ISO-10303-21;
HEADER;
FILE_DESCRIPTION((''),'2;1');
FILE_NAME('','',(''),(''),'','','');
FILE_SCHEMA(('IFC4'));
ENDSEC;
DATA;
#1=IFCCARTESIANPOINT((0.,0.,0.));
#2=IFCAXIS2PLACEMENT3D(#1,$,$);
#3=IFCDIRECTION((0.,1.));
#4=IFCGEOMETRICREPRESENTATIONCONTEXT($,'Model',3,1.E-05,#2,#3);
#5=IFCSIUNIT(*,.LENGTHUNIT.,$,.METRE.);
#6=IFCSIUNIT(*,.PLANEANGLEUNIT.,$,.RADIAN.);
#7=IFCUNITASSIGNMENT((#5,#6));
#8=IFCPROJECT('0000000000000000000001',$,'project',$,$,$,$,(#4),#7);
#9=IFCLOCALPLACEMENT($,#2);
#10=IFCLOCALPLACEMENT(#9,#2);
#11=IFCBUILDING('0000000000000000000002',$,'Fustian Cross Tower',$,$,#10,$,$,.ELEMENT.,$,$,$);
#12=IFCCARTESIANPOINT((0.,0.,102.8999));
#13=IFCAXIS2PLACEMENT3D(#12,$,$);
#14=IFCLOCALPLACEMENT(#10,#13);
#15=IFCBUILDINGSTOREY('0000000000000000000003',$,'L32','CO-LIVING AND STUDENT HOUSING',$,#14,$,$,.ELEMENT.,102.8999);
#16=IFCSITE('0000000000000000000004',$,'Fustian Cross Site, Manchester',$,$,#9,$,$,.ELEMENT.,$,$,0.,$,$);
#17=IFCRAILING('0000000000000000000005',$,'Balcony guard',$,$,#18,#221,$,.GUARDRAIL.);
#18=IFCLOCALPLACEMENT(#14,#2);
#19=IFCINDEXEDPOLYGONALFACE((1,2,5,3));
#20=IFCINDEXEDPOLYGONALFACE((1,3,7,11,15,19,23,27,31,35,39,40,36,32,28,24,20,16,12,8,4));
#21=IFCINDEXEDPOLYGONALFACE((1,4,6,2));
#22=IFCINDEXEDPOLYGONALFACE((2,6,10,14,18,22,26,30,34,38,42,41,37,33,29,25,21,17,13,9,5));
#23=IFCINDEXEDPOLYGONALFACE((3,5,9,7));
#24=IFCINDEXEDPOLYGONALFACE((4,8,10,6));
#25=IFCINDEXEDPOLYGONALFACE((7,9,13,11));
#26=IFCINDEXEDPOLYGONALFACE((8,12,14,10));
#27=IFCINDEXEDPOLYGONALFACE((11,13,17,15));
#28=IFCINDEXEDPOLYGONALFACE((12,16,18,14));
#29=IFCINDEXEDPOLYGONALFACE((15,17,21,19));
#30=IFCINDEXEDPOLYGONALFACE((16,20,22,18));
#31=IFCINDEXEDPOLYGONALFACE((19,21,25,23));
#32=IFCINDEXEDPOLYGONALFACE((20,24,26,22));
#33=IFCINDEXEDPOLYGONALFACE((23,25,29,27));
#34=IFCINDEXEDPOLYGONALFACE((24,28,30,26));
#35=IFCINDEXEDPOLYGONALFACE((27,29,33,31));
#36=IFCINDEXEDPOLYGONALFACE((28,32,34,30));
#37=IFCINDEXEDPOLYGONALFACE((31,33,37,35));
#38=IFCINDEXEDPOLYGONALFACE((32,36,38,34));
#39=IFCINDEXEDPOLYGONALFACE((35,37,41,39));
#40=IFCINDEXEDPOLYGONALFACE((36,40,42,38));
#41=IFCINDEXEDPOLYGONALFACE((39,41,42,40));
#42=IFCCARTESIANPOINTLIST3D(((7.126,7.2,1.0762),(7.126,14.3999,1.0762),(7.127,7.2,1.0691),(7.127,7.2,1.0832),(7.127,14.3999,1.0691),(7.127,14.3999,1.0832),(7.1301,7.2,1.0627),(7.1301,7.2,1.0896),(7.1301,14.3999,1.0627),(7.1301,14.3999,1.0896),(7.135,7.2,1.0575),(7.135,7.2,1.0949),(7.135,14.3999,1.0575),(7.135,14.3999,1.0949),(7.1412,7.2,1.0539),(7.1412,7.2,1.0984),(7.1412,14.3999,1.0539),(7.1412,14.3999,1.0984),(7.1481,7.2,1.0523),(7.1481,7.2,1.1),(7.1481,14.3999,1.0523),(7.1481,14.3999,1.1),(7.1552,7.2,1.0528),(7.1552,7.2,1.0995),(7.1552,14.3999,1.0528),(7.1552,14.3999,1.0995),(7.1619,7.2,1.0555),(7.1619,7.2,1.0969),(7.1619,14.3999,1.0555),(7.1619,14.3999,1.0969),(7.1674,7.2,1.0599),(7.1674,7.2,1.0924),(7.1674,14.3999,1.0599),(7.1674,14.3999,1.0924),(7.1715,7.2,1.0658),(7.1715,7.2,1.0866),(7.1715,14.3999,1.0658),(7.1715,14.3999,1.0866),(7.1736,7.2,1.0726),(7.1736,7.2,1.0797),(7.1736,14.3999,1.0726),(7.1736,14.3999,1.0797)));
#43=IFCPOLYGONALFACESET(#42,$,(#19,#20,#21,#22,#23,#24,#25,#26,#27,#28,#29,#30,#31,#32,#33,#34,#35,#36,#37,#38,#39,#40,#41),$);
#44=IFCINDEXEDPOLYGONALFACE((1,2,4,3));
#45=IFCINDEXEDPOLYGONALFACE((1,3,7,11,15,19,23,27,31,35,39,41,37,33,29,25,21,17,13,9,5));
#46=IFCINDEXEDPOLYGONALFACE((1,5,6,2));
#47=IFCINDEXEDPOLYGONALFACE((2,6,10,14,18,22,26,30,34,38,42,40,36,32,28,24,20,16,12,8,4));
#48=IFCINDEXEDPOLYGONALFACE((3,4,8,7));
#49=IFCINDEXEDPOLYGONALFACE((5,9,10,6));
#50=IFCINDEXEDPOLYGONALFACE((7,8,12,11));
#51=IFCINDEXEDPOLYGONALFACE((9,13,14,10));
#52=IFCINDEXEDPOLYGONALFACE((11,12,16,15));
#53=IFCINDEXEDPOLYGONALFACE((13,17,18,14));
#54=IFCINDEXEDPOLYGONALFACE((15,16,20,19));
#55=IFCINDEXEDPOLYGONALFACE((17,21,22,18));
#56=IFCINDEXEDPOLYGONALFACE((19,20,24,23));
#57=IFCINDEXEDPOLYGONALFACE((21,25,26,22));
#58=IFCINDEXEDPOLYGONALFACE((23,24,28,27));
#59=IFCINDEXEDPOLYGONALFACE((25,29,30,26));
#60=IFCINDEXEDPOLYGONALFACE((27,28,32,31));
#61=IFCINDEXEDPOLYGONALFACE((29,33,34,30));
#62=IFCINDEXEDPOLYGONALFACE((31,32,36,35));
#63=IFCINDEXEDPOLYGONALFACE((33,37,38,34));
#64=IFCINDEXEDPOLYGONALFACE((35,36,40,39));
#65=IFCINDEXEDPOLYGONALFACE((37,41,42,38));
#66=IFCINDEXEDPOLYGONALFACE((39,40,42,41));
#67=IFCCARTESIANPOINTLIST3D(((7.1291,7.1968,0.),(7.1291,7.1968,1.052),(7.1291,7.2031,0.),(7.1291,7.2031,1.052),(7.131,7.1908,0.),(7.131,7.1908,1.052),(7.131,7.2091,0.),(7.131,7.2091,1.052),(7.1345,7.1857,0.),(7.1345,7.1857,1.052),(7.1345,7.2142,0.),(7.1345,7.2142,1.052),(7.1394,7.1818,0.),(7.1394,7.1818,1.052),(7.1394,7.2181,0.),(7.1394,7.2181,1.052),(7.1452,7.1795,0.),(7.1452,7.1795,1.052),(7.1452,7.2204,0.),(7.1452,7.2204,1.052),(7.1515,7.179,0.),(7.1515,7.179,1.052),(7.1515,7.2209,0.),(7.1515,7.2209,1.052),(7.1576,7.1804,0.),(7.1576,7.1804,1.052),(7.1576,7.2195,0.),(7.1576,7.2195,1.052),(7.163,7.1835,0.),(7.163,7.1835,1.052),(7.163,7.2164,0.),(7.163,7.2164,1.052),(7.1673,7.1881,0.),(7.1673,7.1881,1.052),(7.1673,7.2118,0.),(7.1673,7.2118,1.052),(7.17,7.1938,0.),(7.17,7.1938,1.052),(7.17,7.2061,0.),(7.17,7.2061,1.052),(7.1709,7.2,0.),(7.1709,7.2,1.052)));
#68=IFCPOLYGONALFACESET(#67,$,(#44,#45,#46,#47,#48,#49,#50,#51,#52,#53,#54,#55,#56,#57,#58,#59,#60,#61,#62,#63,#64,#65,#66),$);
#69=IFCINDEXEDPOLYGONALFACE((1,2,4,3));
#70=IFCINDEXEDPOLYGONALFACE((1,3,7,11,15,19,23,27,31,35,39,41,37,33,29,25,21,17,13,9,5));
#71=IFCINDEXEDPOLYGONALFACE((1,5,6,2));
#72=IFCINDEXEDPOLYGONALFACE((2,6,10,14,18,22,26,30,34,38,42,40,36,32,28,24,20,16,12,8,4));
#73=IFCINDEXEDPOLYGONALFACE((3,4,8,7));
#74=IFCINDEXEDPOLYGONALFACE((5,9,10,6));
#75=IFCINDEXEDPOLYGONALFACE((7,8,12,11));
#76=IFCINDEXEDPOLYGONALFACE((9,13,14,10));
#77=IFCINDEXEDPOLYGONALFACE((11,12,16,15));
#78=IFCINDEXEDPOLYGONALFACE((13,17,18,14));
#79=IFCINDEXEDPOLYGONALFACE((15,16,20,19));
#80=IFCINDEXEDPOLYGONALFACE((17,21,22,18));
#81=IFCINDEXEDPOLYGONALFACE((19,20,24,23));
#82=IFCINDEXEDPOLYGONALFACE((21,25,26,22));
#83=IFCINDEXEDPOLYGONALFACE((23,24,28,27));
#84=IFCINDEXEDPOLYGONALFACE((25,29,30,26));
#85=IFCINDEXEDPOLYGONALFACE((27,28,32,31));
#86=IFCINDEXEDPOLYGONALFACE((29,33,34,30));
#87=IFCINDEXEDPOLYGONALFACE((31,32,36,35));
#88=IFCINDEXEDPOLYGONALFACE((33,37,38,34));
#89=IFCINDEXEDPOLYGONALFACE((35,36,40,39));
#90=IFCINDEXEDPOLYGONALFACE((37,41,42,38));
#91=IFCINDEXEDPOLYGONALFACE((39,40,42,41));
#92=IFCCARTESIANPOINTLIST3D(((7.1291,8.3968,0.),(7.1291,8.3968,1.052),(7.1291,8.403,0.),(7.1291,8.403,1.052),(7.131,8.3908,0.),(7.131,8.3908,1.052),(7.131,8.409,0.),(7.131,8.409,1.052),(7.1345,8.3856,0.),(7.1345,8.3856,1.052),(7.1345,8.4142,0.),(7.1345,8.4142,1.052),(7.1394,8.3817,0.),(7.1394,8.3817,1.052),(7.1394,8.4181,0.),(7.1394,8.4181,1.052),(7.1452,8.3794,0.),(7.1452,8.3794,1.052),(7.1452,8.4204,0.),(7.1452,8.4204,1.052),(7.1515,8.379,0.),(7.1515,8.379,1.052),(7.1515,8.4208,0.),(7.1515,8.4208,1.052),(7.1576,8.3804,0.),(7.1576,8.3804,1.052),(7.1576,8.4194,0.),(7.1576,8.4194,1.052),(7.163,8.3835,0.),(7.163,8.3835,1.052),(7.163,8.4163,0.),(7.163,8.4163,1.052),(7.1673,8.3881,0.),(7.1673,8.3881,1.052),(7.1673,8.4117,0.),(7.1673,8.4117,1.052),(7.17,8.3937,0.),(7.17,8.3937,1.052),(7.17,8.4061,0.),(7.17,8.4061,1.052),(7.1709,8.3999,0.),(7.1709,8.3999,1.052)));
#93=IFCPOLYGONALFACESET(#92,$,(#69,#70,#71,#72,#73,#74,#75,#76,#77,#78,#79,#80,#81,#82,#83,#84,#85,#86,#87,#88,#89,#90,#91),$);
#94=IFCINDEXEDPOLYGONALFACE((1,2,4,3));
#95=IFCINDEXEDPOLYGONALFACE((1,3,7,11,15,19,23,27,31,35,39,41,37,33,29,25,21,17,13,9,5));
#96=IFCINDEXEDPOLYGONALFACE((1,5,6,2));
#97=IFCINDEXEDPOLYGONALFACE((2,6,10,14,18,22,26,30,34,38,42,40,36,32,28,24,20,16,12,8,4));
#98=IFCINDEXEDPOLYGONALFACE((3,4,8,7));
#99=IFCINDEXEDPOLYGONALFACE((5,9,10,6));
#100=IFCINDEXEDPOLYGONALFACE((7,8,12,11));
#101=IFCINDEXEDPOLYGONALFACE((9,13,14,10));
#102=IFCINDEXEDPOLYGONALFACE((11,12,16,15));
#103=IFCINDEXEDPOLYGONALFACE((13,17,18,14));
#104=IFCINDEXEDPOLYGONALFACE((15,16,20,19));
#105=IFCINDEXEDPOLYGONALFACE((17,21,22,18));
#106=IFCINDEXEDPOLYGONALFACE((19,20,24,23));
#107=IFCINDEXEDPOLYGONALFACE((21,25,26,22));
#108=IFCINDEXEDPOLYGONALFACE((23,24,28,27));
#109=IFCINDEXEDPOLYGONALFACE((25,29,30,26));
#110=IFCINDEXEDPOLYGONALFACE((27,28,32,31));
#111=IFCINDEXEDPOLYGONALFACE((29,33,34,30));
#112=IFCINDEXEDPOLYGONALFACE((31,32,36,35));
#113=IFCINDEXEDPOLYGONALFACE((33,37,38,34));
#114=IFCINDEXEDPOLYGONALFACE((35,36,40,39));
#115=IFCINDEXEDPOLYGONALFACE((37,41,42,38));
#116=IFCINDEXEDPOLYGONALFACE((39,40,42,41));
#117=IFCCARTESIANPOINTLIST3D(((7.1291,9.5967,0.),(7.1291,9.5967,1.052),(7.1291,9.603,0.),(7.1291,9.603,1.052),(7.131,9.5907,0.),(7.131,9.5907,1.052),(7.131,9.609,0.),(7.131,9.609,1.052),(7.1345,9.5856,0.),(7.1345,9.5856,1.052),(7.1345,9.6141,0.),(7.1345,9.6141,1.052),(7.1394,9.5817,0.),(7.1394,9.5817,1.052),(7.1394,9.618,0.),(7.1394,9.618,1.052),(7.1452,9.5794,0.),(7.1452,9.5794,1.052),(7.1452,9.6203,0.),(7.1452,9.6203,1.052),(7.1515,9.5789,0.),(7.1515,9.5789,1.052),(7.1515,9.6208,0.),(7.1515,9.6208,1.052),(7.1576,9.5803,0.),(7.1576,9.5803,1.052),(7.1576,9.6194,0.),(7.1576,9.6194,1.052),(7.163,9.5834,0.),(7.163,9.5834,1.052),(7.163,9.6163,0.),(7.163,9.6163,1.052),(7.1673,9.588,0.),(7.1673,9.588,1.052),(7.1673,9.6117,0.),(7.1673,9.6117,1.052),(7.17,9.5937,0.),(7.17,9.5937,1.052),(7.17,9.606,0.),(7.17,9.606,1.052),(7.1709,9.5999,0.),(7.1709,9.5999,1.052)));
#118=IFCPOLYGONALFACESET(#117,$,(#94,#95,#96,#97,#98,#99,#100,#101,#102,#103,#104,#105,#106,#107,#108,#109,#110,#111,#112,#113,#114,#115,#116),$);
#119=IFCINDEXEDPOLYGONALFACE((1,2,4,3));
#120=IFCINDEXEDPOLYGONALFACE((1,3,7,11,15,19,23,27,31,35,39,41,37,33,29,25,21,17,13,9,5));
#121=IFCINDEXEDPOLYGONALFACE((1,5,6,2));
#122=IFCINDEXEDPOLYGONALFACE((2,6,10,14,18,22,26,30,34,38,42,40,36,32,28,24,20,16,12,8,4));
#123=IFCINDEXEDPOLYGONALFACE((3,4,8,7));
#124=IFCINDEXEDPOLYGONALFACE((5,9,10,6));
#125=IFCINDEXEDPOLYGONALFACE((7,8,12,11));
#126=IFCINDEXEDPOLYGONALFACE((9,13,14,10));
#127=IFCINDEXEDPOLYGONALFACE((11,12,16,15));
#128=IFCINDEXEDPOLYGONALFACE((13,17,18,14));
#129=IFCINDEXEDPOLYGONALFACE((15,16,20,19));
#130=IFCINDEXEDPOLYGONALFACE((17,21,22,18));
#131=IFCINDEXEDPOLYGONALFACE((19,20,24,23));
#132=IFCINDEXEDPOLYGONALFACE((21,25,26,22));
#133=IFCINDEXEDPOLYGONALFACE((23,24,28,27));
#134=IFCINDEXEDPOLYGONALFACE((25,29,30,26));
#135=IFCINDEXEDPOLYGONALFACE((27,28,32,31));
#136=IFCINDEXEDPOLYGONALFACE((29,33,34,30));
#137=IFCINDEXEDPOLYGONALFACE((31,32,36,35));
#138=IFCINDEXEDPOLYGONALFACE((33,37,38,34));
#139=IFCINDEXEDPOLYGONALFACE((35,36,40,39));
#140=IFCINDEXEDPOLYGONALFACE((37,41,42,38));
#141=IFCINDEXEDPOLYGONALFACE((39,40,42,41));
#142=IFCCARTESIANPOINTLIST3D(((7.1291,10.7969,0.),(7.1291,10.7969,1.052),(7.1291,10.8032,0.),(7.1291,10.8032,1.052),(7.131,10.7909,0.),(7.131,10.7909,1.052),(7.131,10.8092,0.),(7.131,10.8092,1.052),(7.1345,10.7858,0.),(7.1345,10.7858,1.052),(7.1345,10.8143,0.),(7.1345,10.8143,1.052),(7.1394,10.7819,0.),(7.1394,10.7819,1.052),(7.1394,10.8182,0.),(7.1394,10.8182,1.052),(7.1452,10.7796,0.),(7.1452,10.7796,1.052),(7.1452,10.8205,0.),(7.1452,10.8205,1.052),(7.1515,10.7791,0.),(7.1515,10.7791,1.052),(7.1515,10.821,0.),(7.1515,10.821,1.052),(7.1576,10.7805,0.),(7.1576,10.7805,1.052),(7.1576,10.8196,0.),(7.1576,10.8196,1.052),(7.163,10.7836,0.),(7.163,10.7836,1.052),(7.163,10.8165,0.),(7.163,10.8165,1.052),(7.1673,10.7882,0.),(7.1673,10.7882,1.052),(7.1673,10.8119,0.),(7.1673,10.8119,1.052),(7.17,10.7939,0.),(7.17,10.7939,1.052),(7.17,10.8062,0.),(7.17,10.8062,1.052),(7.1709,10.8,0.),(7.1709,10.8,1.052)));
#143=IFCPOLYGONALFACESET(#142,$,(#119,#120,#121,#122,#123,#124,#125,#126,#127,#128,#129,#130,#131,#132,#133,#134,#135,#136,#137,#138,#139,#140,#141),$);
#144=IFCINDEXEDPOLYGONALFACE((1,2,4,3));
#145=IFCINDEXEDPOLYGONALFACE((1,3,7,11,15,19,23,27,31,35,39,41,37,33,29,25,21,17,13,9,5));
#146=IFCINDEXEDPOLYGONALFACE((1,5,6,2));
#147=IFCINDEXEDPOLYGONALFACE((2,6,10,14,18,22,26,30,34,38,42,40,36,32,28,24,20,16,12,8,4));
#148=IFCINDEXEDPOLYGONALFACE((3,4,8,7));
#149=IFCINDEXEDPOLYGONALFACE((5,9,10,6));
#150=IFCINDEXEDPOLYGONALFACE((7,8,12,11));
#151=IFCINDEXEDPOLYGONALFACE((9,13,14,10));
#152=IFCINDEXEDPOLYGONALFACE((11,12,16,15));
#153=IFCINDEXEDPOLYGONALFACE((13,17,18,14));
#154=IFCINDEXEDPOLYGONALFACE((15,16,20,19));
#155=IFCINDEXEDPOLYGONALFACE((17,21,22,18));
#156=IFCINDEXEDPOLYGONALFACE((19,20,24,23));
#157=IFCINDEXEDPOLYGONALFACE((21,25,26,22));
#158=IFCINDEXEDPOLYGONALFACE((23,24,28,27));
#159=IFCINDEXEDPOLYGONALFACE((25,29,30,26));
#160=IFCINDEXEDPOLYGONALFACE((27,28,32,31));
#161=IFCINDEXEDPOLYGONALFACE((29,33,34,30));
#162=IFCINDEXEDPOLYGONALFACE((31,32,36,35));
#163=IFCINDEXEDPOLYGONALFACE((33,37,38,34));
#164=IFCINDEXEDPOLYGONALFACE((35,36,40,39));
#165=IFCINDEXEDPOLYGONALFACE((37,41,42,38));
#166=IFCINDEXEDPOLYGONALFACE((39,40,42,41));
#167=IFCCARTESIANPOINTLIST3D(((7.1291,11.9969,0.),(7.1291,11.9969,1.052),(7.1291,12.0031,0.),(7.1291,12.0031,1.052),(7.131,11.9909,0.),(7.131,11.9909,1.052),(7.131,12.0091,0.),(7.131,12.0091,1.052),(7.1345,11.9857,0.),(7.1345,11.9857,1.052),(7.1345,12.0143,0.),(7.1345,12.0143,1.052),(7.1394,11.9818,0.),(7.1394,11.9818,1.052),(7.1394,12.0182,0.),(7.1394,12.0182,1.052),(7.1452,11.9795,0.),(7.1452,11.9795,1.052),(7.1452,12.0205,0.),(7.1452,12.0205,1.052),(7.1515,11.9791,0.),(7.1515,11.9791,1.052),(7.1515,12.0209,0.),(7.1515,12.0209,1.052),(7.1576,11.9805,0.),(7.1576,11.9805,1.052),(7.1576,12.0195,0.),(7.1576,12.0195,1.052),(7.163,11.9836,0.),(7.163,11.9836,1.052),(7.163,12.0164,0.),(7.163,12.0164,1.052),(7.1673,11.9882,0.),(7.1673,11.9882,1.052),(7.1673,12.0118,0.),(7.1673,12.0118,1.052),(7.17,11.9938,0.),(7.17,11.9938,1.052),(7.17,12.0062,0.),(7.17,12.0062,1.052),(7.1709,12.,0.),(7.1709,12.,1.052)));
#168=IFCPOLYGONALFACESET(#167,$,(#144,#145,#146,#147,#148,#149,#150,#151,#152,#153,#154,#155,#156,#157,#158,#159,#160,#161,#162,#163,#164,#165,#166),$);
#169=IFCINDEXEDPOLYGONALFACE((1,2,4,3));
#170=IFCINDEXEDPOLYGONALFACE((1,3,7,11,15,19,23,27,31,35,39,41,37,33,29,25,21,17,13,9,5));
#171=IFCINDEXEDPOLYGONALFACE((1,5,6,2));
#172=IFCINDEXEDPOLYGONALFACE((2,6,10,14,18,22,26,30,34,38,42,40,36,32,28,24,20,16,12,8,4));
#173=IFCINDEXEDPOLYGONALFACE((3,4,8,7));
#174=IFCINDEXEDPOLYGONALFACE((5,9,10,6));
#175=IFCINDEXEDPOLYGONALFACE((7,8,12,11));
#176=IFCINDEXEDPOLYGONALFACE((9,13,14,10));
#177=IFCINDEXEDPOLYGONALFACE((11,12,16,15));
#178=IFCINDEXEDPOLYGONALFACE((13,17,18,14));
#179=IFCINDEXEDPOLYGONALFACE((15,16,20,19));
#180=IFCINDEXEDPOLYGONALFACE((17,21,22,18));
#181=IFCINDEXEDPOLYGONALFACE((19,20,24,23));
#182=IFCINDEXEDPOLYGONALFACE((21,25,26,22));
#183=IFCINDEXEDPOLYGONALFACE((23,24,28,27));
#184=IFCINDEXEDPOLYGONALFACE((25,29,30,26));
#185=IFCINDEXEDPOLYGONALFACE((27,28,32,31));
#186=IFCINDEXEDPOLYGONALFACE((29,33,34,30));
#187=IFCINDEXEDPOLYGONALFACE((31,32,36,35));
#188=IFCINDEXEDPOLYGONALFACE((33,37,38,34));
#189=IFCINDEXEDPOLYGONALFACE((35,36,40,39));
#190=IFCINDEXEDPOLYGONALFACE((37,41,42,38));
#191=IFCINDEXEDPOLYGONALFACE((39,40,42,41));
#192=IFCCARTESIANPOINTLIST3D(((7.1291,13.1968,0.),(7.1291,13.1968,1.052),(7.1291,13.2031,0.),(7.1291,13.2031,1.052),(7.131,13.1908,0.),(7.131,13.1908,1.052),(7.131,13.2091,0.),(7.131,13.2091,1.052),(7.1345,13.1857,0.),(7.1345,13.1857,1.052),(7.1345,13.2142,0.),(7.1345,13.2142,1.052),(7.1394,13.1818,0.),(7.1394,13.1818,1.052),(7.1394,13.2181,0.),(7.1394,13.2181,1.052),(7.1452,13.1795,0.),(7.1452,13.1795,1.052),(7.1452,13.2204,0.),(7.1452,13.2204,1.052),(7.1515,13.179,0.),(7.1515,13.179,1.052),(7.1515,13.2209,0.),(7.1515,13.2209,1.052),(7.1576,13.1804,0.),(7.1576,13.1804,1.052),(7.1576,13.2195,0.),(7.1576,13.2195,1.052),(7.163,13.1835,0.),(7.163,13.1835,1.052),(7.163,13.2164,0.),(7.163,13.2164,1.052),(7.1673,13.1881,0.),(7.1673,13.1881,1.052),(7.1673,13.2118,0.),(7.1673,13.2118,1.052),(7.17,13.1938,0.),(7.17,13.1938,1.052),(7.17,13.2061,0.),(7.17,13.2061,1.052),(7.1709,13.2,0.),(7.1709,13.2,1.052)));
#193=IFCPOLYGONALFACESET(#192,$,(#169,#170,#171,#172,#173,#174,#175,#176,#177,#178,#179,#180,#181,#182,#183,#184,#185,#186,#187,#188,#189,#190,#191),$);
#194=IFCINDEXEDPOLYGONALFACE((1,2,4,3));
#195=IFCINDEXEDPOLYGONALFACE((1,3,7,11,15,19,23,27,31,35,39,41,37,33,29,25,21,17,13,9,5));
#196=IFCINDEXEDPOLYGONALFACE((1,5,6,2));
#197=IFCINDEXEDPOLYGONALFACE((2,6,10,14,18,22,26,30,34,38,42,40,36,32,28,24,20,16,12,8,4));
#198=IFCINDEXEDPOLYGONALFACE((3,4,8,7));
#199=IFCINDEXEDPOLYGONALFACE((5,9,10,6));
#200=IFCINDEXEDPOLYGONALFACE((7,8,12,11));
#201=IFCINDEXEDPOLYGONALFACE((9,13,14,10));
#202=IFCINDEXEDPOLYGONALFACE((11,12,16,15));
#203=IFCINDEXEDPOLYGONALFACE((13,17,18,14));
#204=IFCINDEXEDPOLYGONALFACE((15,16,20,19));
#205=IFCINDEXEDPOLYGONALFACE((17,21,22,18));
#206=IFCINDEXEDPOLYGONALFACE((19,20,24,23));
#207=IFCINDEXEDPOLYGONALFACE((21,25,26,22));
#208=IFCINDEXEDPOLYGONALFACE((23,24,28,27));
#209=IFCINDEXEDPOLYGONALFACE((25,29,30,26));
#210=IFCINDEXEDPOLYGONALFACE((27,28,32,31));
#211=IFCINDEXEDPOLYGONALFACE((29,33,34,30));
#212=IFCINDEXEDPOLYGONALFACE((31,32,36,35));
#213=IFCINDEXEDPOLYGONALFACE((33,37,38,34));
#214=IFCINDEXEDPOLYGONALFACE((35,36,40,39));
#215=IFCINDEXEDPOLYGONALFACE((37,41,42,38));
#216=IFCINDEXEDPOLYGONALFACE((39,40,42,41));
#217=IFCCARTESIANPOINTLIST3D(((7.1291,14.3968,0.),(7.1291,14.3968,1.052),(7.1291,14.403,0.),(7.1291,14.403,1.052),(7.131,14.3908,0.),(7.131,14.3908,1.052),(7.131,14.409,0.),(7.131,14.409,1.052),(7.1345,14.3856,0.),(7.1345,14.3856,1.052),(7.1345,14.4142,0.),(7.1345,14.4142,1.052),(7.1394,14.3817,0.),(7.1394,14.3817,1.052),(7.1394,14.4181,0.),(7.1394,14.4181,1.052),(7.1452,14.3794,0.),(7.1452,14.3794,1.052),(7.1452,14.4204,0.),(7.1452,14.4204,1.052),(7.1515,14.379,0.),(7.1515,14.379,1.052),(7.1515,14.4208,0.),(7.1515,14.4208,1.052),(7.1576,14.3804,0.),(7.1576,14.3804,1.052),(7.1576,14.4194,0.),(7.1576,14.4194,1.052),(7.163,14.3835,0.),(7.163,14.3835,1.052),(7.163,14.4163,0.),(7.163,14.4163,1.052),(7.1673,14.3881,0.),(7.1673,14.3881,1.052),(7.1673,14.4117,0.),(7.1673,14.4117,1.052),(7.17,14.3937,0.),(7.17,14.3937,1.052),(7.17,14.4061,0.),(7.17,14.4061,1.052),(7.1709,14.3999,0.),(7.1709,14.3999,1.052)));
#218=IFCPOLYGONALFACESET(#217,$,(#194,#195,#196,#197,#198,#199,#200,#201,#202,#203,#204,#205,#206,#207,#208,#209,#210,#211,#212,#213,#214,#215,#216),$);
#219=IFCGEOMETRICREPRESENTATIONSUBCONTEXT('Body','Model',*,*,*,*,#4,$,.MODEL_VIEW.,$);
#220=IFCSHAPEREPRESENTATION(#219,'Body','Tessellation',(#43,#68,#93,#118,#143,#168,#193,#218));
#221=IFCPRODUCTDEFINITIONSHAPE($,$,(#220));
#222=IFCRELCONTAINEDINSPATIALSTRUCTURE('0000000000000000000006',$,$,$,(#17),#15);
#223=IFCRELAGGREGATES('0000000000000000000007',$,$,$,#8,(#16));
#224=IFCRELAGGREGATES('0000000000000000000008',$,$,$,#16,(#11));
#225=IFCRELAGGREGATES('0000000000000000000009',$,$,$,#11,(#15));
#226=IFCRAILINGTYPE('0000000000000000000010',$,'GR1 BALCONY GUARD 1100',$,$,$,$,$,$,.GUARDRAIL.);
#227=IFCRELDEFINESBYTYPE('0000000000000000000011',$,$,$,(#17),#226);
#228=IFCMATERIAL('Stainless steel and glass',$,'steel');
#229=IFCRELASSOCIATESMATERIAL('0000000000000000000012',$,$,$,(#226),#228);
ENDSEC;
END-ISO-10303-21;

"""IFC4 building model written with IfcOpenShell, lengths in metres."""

from ifc_helpers import new_model, si_unit, direction, frame, origin, origin_2d, place, context, subcontext, project, spatial, circle, extrude, material, type_object, element, save


model = new_model("IFC4")

# Units and contexts
model_context = context("Model", 3, precision=1e-05, world=origin(), true_north=direction((0.0, 1.0)))
body_context = subcontext(model_context, "Body", "Model", "MODEL_VIEW")
ifc_project = project(units=[si_unit("LENGTHUNIT", "METRE"), si_unit("PLANEANGLEUNIT", "RADIAN")], contexts=[model_context])

# Site, building, storey
site_placement = place(None, origin())
site = spatial("IfcSite", under=ifc_project, at=site_placement, Name="Fustian Cross Site, Manchester", CompositionType="ELEMENT", RefElevation=0.0)
building_placement = place(site_placement, origin())
building = spatial("IfcBuilding", under=site, at=building_placement, Name="Fustian Cross Tower", CompositionType="ELEMENT")
storey_placement = place(building_placement, frame((0.0, 0.0, 102.8999)))
storey = spatial("IfcBuildingStorey", under=building, at=storey_placement, Name="L32", Description="CO-LIVING AND STUDENT HOUSING", CompositionType="ELEMENT", Elevation=102.8999)

# Railing
ifc_material_1 = material(Name="Stainless steel and glass", Category="steel")
railing_type = type_object("IfcRailingType", Name="GR1 BALCONY GUARD 1100", PredefinedType="GUARDRAIL", material=ifc_material_1)
railing_placement = place(storey_placement, frame((7.1499, 7.2, 0.0)))
element("IfcRailing", 1, at=railing_placement, inside=storey, type_object=railing_type, Name="Balcony guard", PredefinedType="GUARDRAIL", context=body_context, shape_type="SweptSolid", body=[
    extrude(circle(Radius=0.0239, at=origin_2d()), frame((0.0, 0.0, 1.0762), z_axis=(0.0, 1.0, 0.0), x_axis=(-1.0, 0.0, 0.0)), (0.0, 0.0, 1.0), 7.2),
    extrude(circle(Radius=0.021, at=origin_2d()), origin(), (0.0, 0.0, 1.0), 1.052),
    extrude(circle(Radius=0.021, at=origin_2d()), frame((0.0, 1.2, 0.0)), (0.0, 0.0, 1.0), 1.052),
    extrude(circle(Radius=0.021, at=origin_2d()), frame((0.0, 2.3999, 0.0)), (0.0, 0.0, 1.0), 1.052),
    extrude(circle(Radius=0.021, at=origin_2d()), frame((0.0, 3.6001, 0.0)), (0.0, 0.0, 1.0), 1.052),
    extrude(circle(Radius=0.021, at=origin_2d()), frame((0.0, 4.8, 0.0)), (0.0, 0.0, 1.0), 1.052),
    extrude(circle(Radius=0.021, at=origin_2d()), frame((0.0, 6.0, 0.0)), (0.0, 0.0, 1.0), 1.052),
    extrude(circle(Radius=0.021, at=origin_2d()), frame((0.0, 7.2, 0.0)), (0.0, 0.0, 1.0), 1.052),
])

save(model, "model.ifc")
